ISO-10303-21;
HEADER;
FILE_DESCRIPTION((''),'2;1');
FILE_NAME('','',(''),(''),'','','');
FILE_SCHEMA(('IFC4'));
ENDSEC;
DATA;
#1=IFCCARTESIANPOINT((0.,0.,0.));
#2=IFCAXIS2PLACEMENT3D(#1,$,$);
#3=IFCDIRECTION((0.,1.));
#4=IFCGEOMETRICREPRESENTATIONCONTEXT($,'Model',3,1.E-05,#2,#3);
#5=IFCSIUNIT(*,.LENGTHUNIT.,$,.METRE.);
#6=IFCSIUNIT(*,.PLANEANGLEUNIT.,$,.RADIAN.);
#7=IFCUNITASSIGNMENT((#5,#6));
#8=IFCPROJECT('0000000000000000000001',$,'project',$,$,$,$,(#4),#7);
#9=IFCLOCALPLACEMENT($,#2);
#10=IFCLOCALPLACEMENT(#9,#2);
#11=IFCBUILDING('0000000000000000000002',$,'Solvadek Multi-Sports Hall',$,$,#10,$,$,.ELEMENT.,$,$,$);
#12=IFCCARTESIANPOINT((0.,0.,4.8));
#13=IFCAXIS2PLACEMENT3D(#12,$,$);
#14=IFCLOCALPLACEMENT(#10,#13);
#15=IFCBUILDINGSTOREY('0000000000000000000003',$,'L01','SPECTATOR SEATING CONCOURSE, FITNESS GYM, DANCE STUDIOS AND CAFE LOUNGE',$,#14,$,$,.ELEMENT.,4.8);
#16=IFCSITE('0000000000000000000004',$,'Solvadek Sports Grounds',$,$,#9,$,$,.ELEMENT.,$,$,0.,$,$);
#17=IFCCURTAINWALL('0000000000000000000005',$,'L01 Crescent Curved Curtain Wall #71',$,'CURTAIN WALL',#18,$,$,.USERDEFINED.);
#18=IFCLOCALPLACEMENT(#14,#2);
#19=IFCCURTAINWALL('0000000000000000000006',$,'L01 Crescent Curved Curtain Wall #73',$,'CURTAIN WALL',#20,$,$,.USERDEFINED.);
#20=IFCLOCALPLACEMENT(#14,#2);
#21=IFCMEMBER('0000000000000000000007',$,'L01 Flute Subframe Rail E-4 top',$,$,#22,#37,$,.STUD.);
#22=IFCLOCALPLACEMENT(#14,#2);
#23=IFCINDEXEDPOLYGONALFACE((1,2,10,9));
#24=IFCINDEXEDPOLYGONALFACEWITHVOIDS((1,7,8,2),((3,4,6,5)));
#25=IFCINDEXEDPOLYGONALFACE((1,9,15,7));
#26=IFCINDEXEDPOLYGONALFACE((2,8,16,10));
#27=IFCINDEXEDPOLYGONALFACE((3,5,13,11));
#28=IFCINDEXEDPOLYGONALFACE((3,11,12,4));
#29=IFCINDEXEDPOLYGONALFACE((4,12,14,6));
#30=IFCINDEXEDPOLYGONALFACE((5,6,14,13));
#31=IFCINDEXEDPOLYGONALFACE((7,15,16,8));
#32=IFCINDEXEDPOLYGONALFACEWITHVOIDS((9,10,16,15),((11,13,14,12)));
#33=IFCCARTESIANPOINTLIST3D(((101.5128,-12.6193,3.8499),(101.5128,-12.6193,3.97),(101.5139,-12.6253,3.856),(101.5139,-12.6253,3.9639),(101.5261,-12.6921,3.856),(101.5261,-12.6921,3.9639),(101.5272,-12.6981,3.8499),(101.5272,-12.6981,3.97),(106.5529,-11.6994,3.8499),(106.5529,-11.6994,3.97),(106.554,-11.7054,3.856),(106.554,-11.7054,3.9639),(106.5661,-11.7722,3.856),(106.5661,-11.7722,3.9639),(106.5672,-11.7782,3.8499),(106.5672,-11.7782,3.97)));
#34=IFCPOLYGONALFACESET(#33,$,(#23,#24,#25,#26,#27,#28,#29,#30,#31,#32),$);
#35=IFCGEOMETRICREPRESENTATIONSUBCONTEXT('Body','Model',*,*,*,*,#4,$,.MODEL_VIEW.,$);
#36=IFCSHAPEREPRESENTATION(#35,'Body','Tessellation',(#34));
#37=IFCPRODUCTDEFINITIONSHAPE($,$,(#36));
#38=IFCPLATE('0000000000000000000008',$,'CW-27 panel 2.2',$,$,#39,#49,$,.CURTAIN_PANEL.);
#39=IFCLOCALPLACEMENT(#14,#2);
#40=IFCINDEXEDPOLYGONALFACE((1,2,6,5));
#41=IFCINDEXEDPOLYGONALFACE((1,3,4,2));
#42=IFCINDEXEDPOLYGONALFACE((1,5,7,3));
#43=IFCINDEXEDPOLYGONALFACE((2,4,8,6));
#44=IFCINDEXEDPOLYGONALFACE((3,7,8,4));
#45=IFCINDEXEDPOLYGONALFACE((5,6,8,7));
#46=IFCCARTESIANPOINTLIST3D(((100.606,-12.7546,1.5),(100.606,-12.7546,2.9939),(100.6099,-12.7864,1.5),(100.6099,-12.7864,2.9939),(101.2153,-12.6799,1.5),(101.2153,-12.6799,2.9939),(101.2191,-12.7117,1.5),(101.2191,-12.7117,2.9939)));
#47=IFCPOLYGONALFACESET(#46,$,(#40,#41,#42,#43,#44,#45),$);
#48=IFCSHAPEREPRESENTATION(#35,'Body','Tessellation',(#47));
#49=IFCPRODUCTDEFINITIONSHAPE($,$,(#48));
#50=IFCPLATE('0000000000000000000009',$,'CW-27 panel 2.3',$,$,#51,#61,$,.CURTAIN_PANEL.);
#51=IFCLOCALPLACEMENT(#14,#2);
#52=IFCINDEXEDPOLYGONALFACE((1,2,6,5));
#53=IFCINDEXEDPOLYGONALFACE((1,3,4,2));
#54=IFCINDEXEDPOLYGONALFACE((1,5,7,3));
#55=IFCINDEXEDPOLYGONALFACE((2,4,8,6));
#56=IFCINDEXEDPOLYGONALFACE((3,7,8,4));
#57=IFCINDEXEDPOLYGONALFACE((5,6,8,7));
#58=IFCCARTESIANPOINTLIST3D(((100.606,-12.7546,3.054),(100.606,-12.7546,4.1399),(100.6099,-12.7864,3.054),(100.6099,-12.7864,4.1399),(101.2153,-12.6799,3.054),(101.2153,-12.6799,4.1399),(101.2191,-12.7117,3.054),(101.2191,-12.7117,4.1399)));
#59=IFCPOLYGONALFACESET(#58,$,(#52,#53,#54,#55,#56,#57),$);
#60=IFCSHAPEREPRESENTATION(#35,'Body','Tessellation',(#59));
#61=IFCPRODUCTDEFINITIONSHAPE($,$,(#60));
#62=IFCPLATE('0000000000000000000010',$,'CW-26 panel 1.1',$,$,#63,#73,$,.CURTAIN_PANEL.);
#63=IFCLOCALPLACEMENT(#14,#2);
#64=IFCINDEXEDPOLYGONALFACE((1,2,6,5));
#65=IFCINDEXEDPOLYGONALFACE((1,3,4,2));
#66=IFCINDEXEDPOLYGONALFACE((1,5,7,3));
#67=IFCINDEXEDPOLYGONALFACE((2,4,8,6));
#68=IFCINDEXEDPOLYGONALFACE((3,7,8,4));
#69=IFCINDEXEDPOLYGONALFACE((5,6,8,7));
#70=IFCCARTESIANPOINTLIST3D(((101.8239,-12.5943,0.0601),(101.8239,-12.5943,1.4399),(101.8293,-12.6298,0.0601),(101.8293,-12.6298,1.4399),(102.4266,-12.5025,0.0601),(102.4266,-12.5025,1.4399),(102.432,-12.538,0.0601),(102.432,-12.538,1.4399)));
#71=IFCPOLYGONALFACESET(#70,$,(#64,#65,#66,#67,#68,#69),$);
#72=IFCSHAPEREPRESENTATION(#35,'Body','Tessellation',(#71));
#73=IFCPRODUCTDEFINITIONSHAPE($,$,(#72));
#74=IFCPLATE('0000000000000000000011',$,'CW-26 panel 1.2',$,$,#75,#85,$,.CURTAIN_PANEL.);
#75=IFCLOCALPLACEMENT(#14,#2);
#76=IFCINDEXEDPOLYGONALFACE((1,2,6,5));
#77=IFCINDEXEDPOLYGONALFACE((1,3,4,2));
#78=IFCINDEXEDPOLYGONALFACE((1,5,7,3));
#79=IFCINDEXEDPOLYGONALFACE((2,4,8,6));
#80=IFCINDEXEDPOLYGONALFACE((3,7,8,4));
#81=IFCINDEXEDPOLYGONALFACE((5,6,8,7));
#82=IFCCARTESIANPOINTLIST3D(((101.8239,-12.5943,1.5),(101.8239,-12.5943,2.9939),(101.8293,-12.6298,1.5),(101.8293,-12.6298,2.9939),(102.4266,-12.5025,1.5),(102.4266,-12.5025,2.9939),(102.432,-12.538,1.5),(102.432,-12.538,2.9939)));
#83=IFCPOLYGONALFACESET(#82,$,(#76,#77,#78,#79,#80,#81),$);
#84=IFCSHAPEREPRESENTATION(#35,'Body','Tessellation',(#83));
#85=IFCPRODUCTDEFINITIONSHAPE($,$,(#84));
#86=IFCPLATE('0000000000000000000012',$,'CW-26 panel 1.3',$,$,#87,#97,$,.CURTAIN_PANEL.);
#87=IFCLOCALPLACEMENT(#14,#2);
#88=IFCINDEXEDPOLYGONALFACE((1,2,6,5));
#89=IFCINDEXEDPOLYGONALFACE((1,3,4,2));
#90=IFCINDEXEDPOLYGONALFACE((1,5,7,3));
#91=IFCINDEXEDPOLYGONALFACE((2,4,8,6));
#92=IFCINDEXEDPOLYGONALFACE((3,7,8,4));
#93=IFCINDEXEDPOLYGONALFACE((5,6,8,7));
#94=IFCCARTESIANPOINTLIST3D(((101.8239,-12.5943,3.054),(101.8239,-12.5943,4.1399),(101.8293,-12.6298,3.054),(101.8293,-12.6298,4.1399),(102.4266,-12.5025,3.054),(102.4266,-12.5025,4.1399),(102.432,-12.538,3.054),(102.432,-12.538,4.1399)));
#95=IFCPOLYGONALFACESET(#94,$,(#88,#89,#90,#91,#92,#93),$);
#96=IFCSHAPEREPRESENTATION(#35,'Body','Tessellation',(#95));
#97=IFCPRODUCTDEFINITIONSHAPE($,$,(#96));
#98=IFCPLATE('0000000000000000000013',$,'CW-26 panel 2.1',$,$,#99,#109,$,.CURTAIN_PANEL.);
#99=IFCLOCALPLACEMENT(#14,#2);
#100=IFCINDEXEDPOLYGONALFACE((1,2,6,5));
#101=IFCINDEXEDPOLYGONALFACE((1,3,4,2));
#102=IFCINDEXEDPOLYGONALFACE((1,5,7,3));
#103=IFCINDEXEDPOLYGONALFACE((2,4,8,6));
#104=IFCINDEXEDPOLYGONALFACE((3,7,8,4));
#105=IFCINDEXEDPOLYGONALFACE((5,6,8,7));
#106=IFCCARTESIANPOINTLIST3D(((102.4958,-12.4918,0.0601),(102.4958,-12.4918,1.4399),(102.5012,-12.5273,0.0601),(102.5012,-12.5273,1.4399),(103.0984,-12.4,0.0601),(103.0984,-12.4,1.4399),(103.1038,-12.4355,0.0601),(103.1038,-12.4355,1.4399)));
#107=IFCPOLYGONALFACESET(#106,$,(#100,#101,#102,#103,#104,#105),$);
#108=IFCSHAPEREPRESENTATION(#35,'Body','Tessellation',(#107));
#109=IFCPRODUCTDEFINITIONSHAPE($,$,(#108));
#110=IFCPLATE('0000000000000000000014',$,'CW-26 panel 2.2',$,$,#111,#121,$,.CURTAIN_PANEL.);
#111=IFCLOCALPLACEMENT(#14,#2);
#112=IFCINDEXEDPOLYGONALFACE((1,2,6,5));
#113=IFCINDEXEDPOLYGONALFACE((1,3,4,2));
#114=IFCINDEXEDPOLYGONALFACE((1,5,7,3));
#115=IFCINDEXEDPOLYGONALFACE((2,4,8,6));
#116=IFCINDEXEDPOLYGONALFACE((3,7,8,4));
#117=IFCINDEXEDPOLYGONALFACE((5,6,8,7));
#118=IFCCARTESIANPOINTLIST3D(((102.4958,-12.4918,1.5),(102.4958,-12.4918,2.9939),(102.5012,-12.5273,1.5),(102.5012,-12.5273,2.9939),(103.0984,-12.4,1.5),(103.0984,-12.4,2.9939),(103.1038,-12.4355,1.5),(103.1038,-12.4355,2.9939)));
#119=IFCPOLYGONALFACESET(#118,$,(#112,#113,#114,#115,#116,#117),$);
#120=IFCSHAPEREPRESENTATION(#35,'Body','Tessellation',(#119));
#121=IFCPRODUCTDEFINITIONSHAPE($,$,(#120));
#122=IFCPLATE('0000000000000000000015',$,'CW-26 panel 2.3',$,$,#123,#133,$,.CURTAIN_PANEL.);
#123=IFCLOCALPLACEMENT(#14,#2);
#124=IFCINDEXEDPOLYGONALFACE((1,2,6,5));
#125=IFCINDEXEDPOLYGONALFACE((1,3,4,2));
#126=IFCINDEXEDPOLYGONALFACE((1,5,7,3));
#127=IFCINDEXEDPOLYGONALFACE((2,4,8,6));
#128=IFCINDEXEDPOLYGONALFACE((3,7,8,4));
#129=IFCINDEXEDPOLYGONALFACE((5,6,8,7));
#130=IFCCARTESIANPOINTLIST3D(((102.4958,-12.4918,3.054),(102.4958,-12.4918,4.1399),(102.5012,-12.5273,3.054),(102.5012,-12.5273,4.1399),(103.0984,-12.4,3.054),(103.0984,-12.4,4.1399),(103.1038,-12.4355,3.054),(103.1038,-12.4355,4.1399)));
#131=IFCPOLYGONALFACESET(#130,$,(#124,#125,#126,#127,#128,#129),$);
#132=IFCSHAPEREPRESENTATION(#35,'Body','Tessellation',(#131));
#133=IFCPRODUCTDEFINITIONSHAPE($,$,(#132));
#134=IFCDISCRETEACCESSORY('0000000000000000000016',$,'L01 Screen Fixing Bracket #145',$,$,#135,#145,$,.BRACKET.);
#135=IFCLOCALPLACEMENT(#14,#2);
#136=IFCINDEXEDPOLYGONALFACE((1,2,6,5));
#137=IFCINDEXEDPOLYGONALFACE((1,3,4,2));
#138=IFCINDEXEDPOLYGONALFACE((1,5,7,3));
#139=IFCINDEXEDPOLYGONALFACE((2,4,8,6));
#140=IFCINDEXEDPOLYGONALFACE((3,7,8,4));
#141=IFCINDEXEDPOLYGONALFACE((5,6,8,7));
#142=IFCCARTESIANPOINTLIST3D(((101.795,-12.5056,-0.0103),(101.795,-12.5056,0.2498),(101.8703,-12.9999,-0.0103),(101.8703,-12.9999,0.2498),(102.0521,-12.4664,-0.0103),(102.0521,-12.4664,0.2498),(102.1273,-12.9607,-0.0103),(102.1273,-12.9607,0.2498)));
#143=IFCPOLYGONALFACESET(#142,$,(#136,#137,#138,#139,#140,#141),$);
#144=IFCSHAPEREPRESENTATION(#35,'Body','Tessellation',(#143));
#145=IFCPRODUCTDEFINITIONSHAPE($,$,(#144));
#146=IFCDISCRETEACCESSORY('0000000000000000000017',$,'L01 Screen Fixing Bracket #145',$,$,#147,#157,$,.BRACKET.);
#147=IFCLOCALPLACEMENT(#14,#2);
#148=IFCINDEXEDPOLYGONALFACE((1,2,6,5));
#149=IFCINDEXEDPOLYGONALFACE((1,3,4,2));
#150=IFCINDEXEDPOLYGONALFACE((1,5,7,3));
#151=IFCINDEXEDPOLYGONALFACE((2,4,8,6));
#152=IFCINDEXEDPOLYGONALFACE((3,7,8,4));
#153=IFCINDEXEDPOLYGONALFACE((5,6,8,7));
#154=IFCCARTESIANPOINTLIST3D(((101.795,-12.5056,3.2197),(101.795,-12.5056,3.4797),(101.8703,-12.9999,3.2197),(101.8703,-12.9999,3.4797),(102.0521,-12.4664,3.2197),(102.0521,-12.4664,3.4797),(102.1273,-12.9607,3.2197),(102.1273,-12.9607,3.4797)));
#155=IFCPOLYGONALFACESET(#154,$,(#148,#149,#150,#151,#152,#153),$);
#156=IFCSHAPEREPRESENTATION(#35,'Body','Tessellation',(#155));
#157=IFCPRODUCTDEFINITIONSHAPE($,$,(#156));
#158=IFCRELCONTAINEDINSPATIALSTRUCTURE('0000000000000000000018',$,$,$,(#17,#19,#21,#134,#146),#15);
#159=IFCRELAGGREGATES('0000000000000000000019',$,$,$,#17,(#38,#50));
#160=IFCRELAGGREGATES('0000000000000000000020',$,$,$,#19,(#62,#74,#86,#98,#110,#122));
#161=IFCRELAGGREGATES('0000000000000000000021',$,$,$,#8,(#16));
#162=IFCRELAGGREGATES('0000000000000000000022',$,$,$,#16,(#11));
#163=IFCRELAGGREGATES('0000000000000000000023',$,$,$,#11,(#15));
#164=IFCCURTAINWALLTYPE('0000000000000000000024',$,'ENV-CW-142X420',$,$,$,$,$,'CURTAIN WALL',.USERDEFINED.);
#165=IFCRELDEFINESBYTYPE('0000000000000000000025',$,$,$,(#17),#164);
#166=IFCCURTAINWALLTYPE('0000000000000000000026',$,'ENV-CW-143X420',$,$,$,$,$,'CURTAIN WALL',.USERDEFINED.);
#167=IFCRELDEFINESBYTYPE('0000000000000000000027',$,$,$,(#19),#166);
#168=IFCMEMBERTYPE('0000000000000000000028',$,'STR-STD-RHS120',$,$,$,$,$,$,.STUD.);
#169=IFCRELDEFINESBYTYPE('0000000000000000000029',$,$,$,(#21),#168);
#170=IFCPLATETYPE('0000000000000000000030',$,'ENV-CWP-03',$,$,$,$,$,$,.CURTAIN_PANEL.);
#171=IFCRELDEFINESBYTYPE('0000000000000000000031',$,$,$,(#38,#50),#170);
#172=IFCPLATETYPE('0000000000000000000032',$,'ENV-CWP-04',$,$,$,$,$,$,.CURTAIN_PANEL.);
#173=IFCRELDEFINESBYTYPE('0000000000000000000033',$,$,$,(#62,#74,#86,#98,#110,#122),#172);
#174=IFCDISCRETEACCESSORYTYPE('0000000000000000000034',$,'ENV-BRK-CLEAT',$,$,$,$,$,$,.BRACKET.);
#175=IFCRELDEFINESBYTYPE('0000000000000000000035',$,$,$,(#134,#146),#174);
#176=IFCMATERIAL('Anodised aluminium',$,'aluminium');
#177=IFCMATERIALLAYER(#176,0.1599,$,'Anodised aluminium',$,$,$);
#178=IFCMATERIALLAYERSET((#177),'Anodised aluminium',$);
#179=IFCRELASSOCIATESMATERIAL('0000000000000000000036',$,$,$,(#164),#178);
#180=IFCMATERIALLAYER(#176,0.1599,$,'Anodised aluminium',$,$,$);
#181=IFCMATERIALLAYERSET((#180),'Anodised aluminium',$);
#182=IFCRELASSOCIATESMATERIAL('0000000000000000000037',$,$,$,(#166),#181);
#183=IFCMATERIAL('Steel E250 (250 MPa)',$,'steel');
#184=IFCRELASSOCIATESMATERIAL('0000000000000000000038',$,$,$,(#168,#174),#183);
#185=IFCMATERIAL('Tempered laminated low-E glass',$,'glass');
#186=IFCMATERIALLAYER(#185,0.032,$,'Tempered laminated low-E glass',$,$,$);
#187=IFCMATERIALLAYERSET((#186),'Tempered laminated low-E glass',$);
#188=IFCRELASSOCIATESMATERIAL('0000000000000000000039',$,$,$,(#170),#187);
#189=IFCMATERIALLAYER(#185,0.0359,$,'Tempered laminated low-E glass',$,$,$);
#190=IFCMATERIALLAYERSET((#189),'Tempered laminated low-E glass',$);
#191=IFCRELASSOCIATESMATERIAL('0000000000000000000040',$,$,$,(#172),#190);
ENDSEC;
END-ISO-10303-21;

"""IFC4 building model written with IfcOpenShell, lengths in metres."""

from ifc_helpers import new_model, si_unit, direction, frame, origin, origin_2d, place, context, subcontext, project, spatial, rectangle, hollow_rectangle, extrude, material, layer, layer_set, material_profile, profile_set, type_object, element, aggregate, save


model = new_model("IFC4")

# Units and contexts
model_context = context("Model", 3, precision=1e-05, world=origin(), true_north=direction((0.0, 1.0)))
body_context = subcontext(model_context, "Body", "Model", "MODEL_VIEW")
ifc_project = project(units=[si_unit("LENGTHUNIT", "METRE"), si_unit("PLANEANGLEUNIT", "RADIAN")], contexts=[model_context])

# Site, building, storey
site_placement = place(None, origin())
site = spatial("IfcSite", under=ifc_project, at=site_placement, Name="Solvadek Sports Grounds", CompositionType="ELEMENT", RefElevation=0.0)
building_placement = place(site_placement, origin())
building = spatial("IfcBuilding", under=site, at=building_placement, Name="Solvadek Multi-Sports Hall", CompositionType="ELEMENT")
storey_placement = place(building_placement, frame((0.0, 0.0, 4.8)))
storey = spatial("IfcBuildingStorey", under=building, at=storey_placement, Name="L01", Description="SPECTATOR SEATING CONCOURSE, FITNESS GYM, DANCE STUDIOS AND CAFE LOUNGE", CompositionType="ELEMENT", Elevation=4.8)

# Curtain wall
ifc_material_1 = material(Name="Anodised aluminium", Category="aluminium")
ifc_layer_1 = layer(ifc_material_1, 0.1599, Name="Anodised aluminium")
ifc_layer_set_1 = layer_set([ifc_layer_1], Name="Anodised aluminium")
curtain_wall_type_1 = type_object("IfcCurtainWallType", Name="ENV-CW-142X420", ElementType="CURTAIN WALL", PredefinedType="USERDEFINED", material=ifc_layer_set_1)
curtain_wall_1_placement = place(storey_placement, origin())
curtain_wall_1 = element("IfcCurtainWall", 1, at=curtain_wall_1_placement, inside=storey, type_object=curtain_wall_type_1, Name="L01 Crescent Curved Curtain Wall #71", ObjectType="CURTAIN WALL", PredefinedType="USERDEFINED")

# Curtain wall
ifc_layer_2 = layer(ifc_material_1, 0.1599, Name="Anodised aluminium")
ifc_layer_set_2 = layer_set([ifc_layer_2], Name="Anodised aluminium")
curtain_wall_type_2 = type_object("IfcCurtainWallType", Name="ENV-CW-143X420", ElementType="CURTAIN WALL", PredefinedType="USERDEFINED", material=ifc_layer_set_2)
curtain_wall_2_placement = place(storey_placement, origin())
curtain_wall_2 = element("IfcCurtainWall", 2, at=curtain_wall_2_placement, inside=storey, type_object=curtain_wall_type_2, Name="L01 Crescent Curved Curtain Wall #73", ObjectType="CURTAIN WALL", PredefinedType="USERDEFINED")

# Member
ifc_material_2 = material(Name="Steel E250 (250 MPa)", Category="steel")
ifc_material_profile_1 = material_profile(ifc_material_2, hollow_rectangle(XDim=0.0801, YDim=0.1201, WallThickness=0.0061, at=origin_2d()), Name="RHS 120x80x6")
ifc_profile_set_1 = profile_set([ifc_material_profile_1], Name="Steel E250 (250 MPa)")
member_type_1 = type_object("IfcMemberType", Name="STR-STD-RHS120", PredefinedType="STUD", material=ifc_profile_set_1)
for number, where, z_axis, x_axis, name in (
    (3, (101.52, -12.6587, 3.9099), (0.983748, 0.179556, 0.0), (-0.179556, 0.983748, 0.0), "L01 Flute Subframe Rail E-4 top"),
):
    element("IfcMember", number, at=place(storey_placement, frame(where, z_axis=z_axis, x_axis=x_axis)), inside=storey, type_object=member_type_1, Name=name, PredefinedType="STUD", context=body_context, shape_type="SweptSolid", body=[
        extrude(hollow_rectangle(XDim=0.0801, YDim=0.1201, WallThickness=0.0061, at=origin_2d()), origin(), (0.0, 0.0, 1.0), 5.1233),
    ])

# Plates
ifc_material_3 = material(Name="Tempered laminated low-E glass", Category="glass")
ifc_layer_3 = layer(ifc_material_3, 0.032, Name="Tempered laminated low-E glass")
ifc_layer_set_3 = layer_set([ifc_layer_3], Name="Tempered laminated low-E glass")
plate_type_1 = type_object("IfcPlateType", Name="ENV-CWP-03", PredefinedType="CURTAIN_PANEL", material=ifc_layer_set_3)
plate_1_placement = place(storey_placement, frame((100.9126, -12.7332, 1.5), z_axis=(0.0, 0.0, 1.0), x_axis=(0.992569, 0.121681, 0.0)))
plate_1 = element("IfcPlate", 4, at=plate_1_placement, type_object=plate_type_1, Name="CW-27 panel 2.2", PredefinedType="CURTAIN_PANEL", context=body_context, shape_type="SweptSolid", body=[
    extrude(rectangle(XDim=0.6138, YDim=0.032, at=origin_2d()), origin(), (0.0, 0.0, 1.0), 1.4939),
])
plate_2_placement = place(storey_placement, frame((100.9126, -12.7332, 3.054), z_axis=(0.0, 0.0, 1.0), x_axis=(0.992569, 0.121681, 0.0)))
plate_2 = element("IfcPlate", 5, at=plate_2_placement, type_object=plate_type_1, Name="CW-27 panel 2.3", PredefinedType="CURTAIN_PANEL", context=body_context, shape_type="SweptSolid", body=[
    extrude(rectangle(XDim=0.6138, YDim=0.032, at=origin_2d()), origin(), (0.0, 0.0, 1.0), 1.0859),
])
aggregate(curtain_wall_1, [plate_1, plate_2])
ifc_layer_4 = layer(ifc_material_3, 0.0359, Name="Tempered laminated low-E glass")
ifc_layer_set_4 = layer_set([ifc_layer_4], Name="Tempered laminated low-E glass")
plate_type_2 = type_object("IfcPlateType", Name="ENV-CWP-04", PredefinedType="CURTAIN_PANEL", material=ifc_layer_set_4)
plate_3_placement = place(storey_placement, frame((102.1279, -12.5662, 0.0601), z_axis=(0.0, 0.0, 1.0), x_axis=(0.9886, 0.150564, 0.0)))
plate_3 = element("IfcPlate", 6, at=plate_3_placement, type_object=plate_type_2, Name="CW-26 panel 1.1", PredefinedType="CURTAIN_PANEL", context=body_context, shape_type="SweptSolid", body=[
    extrude(rectangle(XDim=0.6096, YDim=0.0359, at=origin_2d()), origin(), (0.0, 0.0, 1.0), 1.3799),
])
plate_4_placement = place(storey_placement, frame((102.1279, -12.5662, 1.5), z_axis=(0.0, 0.0, 1.0), x_axis=(0.9886, 0.150564, 0.0)))
plate_4 = element("IfcPlate", 7, at=plate_4_placement, type_object=plate_type_2, Name="CW-26 panel 1.2", PredefinedType="CURTAIN_PANEL", context=body_context, shape_type="SweptSolid", body=[
    extrude(rectangle(XDim=0.6096, YDim=0.0359, at=origin_2d()), origin(), (0.0, 0.0, 1.0), 1.4939),
])
plate_5_placement = place(storey_placement, frame((102.1279, -12.5662, 3.054), z_axis=(0.0, 0.0, 1.0), x_axis=(0.9886, 0.150564, 0.0)))
plate_5 = element("IfcPlate", 8, at=plate_5_placement, type_object=plate_type_2, Name="CW-26 panel 1.3", PredefinedType="CURTAIN_PANEL", context=body_context, shape_type="SweptSolid", body=[
    extrude(rectangle(XDim=0.6096, YDim=0.0359, at=origin_2d()), origin(), (0.0, 0.0, 1.0), 1.0859),
])
plate_6_placement = place(storey_placement, frame((102.7998, -12.4636, 0.0601), z_axis=(0.0, 0.0, 1.0), x_axis=(0.9886, 0.150564, 0.0)))
plate_6 = element("IfcPlate", 9, at=plate_6_placement, type_object=plate_type_2, Name="CW-26 panel 2.1", PredefinedType="CURTAIN_PANEL", context=body_context, shape_type="SweptSolid", body=[
    extrude(rectangle(XDim=0.6096, YDim=0.0359, at=origin_2d()), origin(), (0.0, 0.0, 1.0), 1.3799),
])
plate_7_placement = place(storey_placement, frame((102.7998, -12.4636, 1.5), z_axis=(0.0, 0.0, 1.0), x_axis=(0.9886, 0.150564, 0.0)))
plate_7 = element("IfcPlate", 10, at=plate_7_placement, type_object=plate_type_2, Name="CW-26 panel 2.2", PredefinedType="CURTAIN_PANEL", context=body_context, shape_type="SweptSolid", body=[
    extrude(rectangle(XDim=0.6096, YDim=0.0359, at=origin_2d()), origin(), (0.0, 0.0, 1.0), 1.4939),
])
plate_8_placement = place(storey_placement, frame((102.7998, -12.4636, 3.054), z_axis=(0.0, 0.0, 1.0), x_axis=(0.9886, 0.150564, 0.0)))
plate_8 = element("IfcPlate", 11, at=plate_8_placement, type_object=plate_type_2, Name="CW-26 panel 2.3", PredefinedType="CURTAIN_PANEL", context=body_context, shape_type="SweptSolid", body=[
    extrude(rectangle(XDim=0.6096, YDim=0.0359, at=origin_2d()), origin(), (0.0, 0.0, 1.0), 1.0859),
])
aggregate(curtain_wall_2, [plate_3, plate_4, plate_5, plate_6, plate_7, plate_8])

# Discrete accessories
discrete_accessory_type = type_object("IfcDiscreteAccessoryType", Name="ENV-BRK-CLEAT", PredefinedType="BRACKET", material=ifc_material_2)
for number, where, z_axis, x_axis, name in (
    (12, (101.9612, -12.7332, -0.0103), (0.0, 0.0, 1.0), (0.988606, 0.150527, 0.0), "L01 Screen Fixing Bracket #145"),
    (13, (101.9612, -12.7332, 3.2197), (0.0, 0.0, 1.0), (0.988606, 0.150527, 0.0), "L01 Screen Fixing Bracket #145"),
):
    element("IfcDiscreteAccessory", number, at=place(storey_placement, frame(where, z_axis=z_axis, x_axis=x_axis)), inside=storey, type_object=discrete_accessory_type, Name=name, PredefinedType="BRACKET", context=body_context, shape_type="SweptSolid", body=[
        extrude(rectangle(XDim=0.26, YDim=0.5, at=origin_2d()), origin(), (0.0, 0.0, 1.0), 0.26),
    ])

save(model, "model.ifc")
